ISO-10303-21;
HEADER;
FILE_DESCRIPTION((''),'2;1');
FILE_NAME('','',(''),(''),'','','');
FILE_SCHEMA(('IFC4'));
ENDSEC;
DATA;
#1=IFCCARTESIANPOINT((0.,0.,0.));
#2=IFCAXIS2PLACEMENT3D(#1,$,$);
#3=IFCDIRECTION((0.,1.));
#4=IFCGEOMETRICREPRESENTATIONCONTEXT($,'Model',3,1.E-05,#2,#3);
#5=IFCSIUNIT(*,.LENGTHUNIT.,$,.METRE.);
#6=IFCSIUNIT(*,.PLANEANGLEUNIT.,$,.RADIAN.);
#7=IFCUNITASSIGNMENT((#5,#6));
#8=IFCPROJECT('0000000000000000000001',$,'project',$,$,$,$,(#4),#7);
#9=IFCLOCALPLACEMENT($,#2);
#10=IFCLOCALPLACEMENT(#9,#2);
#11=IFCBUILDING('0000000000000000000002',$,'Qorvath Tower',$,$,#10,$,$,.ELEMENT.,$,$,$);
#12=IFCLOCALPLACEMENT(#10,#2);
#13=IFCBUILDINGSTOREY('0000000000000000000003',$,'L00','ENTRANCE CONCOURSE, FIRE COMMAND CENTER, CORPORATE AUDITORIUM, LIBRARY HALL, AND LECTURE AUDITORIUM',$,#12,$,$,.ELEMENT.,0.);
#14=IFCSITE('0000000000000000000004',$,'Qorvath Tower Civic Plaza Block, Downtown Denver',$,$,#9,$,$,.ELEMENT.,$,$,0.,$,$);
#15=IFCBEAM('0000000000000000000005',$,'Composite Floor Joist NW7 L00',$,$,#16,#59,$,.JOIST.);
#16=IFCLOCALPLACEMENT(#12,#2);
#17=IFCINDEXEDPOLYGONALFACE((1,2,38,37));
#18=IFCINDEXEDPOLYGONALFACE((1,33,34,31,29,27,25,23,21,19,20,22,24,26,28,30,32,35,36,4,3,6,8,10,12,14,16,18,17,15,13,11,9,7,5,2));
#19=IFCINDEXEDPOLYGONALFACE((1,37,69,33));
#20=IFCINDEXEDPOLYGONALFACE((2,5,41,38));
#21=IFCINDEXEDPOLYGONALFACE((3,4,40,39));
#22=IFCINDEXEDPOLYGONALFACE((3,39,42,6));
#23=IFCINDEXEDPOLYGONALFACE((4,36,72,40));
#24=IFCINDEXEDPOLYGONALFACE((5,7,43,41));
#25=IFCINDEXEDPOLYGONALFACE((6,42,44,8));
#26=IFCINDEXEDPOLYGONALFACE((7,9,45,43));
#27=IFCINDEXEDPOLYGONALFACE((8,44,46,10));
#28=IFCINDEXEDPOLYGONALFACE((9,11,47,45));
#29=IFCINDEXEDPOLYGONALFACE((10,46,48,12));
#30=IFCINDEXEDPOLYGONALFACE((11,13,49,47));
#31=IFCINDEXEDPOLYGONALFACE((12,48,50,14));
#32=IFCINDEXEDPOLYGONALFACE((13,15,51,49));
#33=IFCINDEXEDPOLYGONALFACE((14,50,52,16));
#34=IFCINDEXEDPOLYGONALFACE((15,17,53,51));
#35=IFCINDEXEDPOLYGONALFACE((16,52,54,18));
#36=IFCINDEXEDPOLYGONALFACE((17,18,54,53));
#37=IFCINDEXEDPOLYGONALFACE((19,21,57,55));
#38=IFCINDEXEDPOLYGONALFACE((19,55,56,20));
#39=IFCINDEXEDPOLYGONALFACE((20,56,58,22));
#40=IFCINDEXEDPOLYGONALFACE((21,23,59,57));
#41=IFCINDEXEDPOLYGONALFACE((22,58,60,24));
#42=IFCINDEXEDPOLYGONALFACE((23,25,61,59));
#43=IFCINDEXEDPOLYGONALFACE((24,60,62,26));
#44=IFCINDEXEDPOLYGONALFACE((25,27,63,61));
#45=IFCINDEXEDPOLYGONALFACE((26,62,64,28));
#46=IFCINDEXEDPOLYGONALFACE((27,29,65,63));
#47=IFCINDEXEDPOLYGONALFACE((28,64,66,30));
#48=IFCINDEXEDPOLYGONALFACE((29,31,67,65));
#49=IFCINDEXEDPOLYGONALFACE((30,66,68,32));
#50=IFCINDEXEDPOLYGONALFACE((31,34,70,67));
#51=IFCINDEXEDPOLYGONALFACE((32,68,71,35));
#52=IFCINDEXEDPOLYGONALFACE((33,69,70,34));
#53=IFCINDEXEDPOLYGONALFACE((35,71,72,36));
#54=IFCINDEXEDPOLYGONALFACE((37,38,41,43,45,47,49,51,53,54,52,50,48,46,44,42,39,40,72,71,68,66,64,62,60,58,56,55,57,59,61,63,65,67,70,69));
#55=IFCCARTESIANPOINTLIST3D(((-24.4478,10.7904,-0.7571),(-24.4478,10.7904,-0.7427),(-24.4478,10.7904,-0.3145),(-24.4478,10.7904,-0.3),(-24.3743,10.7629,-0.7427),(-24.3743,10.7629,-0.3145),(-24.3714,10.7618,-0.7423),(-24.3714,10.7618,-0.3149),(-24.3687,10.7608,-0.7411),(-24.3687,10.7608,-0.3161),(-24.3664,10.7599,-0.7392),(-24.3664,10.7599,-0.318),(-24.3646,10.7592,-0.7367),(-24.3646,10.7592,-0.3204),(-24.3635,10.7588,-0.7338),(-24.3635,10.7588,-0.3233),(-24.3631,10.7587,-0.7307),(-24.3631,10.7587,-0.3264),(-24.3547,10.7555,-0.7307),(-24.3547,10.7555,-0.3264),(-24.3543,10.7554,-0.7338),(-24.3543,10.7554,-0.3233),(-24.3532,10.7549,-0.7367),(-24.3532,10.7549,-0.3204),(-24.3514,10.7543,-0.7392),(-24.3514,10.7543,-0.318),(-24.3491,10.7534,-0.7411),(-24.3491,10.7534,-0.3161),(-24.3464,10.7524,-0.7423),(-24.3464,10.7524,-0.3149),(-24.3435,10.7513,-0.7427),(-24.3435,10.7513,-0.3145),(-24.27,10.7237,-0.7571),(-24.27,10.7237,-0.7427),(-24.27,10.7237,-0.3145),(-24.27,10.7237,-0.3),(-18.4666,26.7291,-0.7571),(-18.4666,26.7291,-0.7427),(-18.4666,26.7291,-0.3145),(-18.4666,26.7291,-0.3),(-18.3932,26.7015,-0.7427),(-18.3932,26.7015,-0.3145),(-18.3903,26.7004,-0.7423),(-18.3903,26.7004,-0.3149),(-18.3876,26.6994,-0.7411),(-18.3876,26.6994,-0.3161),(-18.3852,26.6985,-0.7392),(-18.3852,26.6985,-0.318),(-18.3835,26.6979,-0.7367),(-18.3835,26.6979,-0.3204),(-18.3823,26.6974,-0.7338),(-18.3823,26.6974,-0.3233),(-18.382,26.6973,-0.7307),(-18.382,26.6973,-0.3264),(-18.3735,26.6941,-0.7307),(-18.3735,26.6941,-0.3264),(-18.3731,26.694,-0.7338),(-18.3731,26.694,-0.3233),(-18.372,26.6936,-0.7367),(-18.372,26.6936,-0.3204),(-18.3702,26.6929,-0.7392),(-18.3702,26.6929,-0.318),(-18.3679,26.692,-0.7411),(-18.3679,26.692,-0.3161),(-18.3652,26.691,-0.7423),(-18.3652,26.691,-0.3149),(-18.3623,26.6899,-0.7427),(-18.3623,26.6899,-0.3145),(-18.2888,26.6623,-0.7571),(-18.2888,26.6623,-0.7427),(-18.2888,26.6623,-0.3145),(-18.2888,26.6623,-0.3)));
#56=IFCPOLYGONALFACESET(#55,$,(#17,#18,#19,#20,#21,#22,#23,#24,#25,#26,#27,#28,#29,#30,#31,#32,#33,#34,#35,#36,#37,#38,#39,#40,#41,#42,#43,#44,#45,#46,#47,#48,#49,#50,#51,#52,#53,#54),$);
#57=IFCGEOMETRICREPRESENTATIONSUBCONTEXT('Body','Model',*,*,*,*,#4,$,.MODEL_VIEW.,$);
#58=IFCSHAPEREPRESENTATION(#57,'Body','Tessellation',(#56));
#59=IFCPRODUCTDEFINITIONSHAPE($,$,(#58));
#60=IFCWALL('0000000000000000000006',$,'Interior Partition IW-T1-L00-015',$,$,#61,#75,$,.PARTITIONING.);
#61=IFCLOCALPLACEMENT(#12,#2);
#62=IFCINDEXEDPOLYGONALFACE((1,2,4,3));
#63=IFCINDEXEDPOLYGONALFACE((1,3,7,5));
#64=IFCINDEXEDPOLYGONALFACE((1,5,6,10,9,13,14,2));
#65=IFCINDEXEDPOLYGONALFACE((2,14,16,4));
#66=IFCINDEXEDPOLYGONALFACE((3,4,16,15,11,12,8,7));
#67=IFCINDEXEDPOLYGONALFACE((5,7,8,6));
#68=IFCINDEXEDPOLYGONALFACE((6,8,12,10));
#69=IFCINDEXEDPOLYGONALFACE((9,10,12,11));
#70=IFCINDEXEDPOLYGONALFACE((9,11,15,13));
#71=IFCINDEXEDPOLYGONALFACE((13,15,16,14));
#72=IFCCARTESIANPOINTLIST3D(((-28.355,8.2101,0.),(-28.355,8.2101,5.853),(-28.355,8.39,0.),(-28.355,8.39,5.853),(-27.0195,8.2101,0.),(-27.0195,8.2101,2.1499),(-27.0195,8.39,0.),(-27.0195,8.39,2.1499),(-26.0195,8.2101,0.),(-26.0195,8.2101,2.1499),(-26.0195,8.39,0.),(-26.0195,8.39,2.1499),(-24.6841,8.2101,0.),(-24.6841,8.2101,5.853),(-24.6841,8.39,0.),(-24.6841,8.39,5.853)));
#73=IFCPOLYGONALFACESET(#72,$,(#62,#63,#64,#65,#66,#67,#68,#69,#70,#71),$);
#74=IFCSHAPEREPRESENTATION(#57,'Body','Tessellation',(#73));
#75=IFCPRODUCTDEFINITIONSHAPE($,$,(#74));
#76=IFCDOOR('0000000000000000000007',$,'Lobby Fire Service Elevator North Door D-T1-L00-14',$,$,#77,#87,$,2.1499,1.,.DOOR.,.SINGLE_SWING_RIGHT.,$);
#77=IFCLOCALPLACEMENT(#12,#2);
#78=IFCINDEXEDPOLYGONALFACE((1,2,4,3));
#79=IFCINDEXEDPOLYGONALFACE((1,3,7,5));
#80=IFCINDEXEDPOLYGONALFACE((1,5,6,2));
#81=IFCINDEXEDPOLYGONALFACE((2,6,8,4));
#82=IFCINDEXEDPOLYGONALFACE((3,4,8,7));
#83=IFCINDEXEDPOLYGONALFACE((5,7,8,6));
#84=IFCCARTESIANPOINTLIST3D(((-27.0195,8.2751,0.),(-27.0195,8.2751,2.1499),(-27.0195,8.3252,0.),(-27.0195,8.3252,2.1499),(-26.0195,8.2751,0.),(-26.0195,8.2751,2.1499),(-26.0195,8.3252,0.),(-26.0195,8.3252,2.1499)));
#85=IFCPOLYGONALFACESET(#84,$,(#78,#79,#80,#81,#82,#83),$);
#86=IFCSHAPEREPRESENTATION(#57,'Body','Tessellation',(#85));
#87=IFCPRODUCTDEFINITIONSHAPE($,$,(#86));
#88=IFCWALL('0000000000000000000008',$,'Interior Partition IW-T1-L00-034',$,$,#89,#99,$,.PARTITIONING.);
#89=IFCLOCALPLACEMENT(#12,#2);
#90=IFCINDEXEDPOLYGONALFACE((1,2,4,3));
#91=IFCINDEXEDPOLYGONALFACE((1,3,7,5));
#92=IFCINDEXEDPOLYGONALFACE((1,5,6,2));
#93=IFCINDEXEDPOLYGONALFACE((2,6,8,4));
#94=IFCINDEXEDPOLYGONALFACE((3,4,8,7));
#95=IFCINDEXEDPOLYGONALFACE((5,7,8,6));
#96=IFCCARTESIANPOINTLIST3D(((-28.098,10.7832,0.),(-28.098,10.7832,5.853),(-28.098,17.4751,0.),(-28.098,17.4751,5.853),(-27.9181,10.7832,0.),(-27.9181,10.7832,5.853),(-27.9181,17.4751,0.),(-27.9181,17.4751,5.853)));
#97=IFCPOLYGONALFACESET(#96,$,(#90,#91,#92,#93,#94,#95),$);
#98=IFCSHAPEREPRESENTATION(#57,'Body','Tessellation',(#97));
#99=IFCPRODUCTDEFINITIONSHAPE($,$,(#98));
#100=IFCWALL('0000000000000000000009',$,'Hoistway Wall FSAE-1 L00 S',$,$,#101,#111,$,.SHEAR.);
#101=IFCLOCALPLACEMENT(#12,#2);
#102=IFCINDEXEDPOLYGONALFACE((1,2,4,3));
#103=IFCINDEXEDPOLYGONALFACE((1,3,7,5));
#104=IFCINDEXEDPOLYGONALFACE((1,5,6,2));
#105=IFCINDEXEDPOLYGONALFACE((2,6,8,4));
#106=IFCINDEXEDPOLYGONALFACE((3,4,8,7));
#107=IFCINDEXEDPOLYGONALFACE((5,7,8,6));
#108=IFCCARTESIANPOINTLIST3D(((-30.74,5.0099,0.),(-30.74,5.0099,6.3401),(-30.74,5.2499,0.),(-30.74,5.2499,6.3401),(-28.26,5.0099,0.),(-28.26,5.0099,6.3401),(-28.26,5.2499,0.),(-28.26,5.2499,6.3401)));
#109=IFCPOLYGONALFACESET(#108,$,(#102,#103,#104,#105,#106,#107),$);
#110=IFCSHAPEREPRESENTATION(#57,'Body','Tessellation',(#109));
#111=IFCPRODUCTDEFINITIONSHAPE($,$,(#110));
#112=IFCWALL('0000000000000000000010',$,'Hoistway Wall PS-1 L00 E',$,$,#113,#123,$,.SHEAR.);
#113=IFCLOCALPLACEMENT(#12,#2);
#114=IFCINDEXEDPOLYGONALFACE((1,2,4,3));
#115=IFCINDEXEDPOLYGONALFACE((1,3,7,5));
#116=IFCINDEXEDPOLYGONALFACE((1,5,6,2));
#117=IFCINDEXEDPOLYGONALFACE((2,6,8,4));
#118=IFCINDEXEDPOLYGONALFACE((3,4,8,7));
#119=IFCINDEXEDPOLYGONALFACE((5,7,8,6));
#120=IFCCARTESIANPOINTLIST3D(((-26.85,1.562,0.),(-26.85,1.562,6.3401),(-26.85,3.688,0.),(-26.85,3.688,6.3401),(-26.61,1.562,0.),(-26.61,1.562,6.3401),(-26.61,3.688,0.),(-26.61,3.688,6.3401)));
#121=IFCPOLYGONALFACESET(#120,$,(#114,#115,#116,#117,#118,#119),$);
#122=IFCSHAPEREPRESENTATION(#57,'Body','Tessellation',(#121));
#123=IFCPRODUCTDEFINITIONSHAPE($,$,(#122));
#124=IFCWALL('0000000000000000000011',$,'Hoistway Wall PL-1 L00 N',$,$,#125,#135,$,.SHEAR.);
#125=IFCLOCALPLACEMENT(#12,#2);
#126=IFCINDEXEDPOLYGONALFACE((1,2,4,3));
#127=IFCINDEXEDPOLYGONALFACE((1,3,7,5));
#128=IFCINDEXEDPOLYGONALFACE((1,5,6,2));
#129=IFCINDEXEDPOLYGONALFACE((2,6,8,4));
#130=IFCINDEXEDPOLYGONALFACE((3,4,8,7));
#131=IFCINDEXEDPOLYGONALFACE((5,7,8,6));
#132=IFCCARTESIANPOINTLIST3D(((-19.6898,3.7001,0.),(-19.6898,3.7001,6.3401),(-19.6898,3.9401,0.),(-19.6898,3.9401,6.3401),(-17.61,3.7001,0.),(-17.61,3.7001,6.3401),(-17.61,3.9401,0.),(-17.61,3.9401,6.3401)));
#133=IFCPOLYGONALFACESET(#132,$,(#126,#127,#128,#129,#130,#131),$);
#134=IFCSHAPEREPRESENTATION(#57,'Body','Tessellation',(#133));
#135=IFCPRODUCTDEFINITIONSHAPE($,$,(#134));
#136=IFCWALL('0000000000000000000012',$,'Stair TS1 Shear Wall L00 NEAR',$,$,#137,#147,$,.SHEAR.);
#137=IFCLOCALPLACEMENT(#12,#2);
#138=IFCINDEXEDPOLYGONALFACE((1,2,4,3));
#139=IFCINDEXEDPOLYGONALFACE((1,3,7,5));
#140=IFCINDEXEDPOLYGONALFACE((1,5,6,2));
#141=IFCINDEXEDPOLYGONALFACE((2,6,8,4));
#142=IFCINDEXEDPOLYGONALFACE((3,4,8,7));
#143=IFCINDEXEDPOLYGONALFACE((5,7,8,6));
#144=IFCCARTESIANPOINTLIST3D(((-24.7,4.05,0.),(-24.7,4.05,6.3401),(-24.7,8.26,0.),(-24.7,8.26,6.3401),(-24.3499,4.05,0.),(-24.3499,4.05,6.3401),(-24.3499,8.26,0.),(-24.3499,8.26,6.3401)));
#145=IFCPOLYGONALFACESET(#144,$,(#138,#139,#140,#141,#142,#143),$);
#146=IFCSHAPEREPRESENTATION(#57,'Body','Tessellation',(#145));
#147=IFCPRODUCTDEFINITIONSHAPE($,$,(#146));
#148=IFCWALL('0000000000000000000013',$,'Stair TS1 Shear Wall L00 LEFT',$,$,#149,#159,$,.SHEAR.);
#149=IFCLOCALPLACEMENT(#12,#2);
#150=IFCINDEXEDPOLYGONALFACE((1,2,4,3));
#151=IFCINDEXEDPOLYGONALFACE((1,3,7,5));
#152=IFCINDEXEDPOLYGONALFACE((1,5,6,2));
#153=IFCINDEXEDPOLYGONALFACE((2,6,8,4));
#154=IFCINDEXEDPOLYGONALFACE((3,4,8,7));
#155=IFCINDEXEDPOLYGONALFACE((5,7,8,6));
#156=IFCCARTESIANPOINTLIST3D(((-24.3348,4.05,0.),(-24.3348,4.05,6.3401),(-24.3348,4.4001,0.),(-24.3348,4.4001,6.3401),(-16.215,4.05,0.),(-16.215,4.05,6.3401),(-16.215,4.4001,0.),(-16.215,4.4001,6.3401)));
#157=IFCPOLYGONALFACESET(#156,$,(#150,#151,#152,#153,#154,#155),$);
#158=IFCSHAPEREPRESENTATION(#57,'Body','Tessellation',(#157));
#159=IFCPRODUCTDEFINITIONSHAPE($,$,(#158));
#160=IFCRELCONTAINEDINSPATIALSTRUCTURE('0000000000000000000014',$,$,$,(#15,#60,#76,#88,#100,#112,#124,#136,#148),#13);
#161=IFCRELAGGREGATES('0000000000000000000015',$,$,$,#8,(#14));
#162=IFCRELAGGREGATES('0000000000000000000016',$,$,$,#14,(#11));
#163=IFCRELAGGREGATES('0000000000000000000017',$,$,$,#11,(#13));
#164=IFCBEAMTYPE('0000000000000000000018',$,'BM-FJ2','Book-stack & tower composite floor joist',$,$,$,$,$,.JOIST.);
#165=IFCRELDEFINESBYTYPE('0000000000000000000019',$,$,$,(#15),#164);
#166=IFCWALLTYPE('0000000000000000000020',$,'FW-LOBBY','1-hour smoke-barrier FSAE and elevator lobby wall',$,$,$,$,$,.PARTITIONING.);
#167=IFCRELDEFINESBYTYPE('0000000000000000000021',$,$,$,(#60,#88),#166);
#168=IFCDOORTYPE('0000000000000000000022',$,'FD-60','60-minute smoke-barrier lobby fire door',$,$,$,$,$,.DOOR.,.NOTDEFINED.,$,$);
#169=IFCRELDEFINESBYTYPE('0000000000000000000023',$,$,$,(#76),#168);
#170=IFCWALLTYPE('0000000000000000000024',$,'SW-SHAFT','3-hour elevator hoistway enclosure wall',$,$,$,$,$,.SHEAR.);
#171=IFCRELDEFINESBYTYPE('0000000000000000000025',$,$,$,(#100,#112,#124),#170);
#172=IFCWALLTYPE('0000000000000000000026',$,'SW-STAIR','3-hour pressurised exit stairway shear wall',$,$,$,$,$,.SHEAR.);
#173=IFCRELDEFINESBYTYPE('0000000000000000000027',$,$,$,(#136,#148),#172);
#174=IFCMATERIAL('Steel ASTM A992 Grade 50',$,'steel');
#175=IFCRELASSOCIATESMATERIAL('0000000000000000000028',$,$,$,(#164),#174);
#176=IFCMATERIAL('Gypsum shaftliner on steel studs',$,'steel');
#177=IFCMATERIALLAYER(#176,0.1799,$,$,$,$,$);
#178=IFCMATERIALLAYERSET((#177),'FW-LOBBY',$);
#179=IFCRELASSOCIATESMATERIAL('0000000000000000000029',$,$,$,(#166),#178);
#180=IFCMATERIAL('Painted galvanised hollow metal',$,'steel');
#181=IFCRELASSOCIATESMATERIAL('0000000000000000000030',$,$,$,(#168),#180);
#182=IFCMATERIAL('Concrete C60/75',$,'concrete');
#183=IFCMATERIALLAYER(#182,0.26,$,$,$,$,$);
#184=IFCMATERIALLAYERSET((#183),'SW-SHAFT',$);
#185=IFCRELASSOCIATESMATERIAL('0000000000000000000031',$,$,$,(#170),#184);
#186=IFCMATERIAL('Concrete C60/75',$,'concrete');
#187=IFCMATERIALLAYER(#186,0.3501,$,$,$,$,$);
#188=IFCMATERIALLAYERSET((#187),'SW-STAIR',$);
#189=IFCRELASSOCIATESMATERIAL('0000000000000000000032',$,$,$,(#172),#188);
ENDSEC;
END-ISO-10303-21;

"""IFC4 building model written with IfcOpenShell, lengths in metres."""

from ifc_helpers import new_model, si_unit, direction, frame, frame_2d, origin, origin_2d, place, context, subcontext, project, spatial, rectangle, i_section, extrude, material, layer, layer_set, material_profile, profile_set, type_object, element, fill, save


model = new_model("IFC4")

# Units and contexts
model_context = context("Model", 3, precision=1e-05, world=origin(), true_north=direction((0.0, 1.0)))
body_context = subcontext(model_context, "Body", "Model", "MODEL_VIEW")
ifc_project = project(units=[si_unit("LENGTHUNIT", "METRE"), si_unit("PLANEANGLEUNIT", "RADIAN")], contexts=[model_context])

# Site, building, storey
site_placement = place(None, origin())
site = spatial("IfcSite", under=ifc_project, at=site_placement, Name="Qorvath Tower Civic Plaza Block, Downtown Denver", CompositionType="ELEMENT", RefElevation=0.0)
building_placement = place(site_placement, origin())
building = spatial("IfcBuilding", under=site, at=building_placement, Name="Qorvath Tower", CompositionType="ELEMENT")
storey_placement = place(building_placement, origin())
storey = spatial("IfcBuildingStorey", under=building, at=storey_placement, Name="L00", Description="ENTRANCE CONCOURSE, FIRE COMMAND CENTER, CORPORATE AUDITORIUM, LIBRARY HALL, AND LECTURE AUDITORIUM", CompositionType="ELEMENT", Elevation=0.0)

# Beam
ifc_material_1 = material(Name="Steel ASTM A992 Grade 50", Category="steel")
ifc_material_profile = material_profile(ifc_material_1, i_section(OverallWidth=0.1899, OverallDepth=0.457, WebThickness=0.009, FlangeThickness=0.0144, FilletRadius=0.012, at=origin_2d()), Name="W18x50")
ifc_profile_set = profile_set([ifc_material_profile], Name="Steel ASTM A992 Grade 50")
beam_type = type_object("IfcBeamType", Name="BM-FJ2", Description="Book-stack & tower composite floor joist", PredefinedType="JOIST", material=ifc_profile_set)
beam_1_placement = place(storey_placement, frame((-24.3589, 10.7571, -0.5286), z_axis=(0.351339, 0.936248, 0.0), x_axis=(-0.936248, 0.351339, 0.0)))
element("IfcBeam", 1, at=beam_1_placement, inside=storey, type_object=beam_type, Name="Composite Floor Joist NW7 L00", PredefinedType="JOIST", context=body_context, shape_type="SweptSolid", body=[
    extrude(i_section(OverallWidth=0.1899, OverallDepth=0.457, WebThickness=0.009, FlangeThickness=0.0144, FilletRadius=0.012, at=origin_2d()), origin(), (0.0, 0.0, 1.0), 17.0239),
])

# Wall, opening, door
ifc_material_2 = material(Name="Gypsum shaftliner on steel studs", Category="steel")
ifc_layer_1 = layer(ifc_material_2, 0.1799)
ifc_layer_set_1 = layer_set([ifc_layer_1], Name="FW-LOBBY")
wall_type_1 = type_object("IfcWallType", Name="FW-LOBBY", Description="1-hour smoke-barrier FSAE and elevator lobby wall", PredefinedType="PARTITIONING", material=ifc_layer_set_1)
wall_1_placement = place(storey_placement, frame((-24.6841, 8.3, 0.0), z_axis=(0.0, 0.0, 1.0), x_axis=(-1.0, 0.0, 0.0)))
wall_1 = element("IfcWall", 2, at=wall_1_placement, inside=storey, type_object=wall_type_1, Name="Interior Partition IW-T1-L00-015", PredefinedType="PARTITIONING", context=body_context, shape_type="SweptSolid", body=[
    extrude(rectangle(XDim=3.6709, YDim=0.1799, at=frame_2d((1.8354, 0.0))), origin(), (0.0, 0.0, 1.0), 5.853),
])
opening_1_placement = place(wall_1_placement, frame((1.3354, 0.0, 0.0)))
opening_1 = element("IfcOpeningElement", 3, at=opening_1_placement, cuts=wall_1, PredefinedType="OPENING", context=body_context, shape_type="SweptSolid", body=[
    extrude(rectangle(XDim=1.0, YDim=2.1499, at=frame_2d((0.5, 1.075))), frame((0.0, 0.1001, 0.0), z_axis=(0.0, -1.0, 0.0), x_axis=(1.0, 0.0, 0.0)), (0.0, 0.0, 1.0), 0.2),
])
ifc_material_3 = material(Name="Painted galvanised hollow metal", Category="steel")
door_type_1 = type_object("IfcDoorType", Name="FD-60", Description="60-minute smoke-barrier lobby fire door", OperationType="NOTDEFINED", PredefinedType="DOOR", material=ifc_material_3)
door_1_placement = place(opening_1_placement, origin())
door_1 = element("IfcDoor", 4, at=door_1_placement, inside=storey, type_object=door_type_1, Name="Lobby Fire Service Elevator North Door D-T1-L00-14", OperationType="SINGLE_SWING_RIGHT", OverallHeight=2.1499, OverallWidth=1.0, PredefinedType="DOOR", context=body_context, shape_type="SweptSolid", body=[
    extrude(rectangle(XDim=1.0, YDim=2.1499, at=frame_2d((0.5, 1.075))), frame((0.0, 0.0249, 0.0), z_axis=(0.0, -1.0, 0.0), x_axis=(1.0, 0.0, 0.0)), (0.0, 0.0, 1.0), 0.05),
])
fill(opening_1, door_1)

# Walls
wall_2_placement = place(storey_placement, frame((-28.0081, 10.7832, 0.0), z_axis=(0.0, 0.0, 1.0), x_axis=(0.0, 1.0, 0.0)))
element("IfcWall", 5, at=wall_2_placement, inside=storey, type_object=wall_type_1, Name="Interior Partition IW-T1-L00-034", PredefinedType="PARTITIONING", context=body_context, shape_type="SweptSolid", body=[
    extrude(rectangle(XDim=6.6919, YDim=0.1799, at=frame_2d((3.3459, 0.0))), origin(), (0.0, 0.0, 1.0), 5.853),
])
ifc_material_4 = material(Name="Concrete C60/75", Category="concrete")
ifc_layer_2 = layer(ifc_material_4, 0.26)
ifc_layer_set_2 = layer_set([ifc_layer_2], Name="SW-SHAFT")
wall_type_2 = type_object("IfcWallType", Name="SW-SHAFT", Description="3-hour elevator hoistway enclosure wall", PredefinedType="SHEAR", material=ifc_layer_set_2)
wall_3_placement = place(storey_placement, frame((-28.26, 5.1299, 0.0), z_axis=(0.0, 0.0, 1.0), x_axis=(-1.0, 0.0, 0.0)))
element("IfcWall", 6, at=wall_3_placement, inside=storey, type_object=wall_type_2, Name="Hoistway Wall FSAE-1 L00 S", PredefinedType="SHEAR", context=body_context, shape_type="SweptSolid", body=[
    extrude(rectangle(XDim=2.48, YDim=0.24, at=frame_2d((1.24, 0.0))), origin(), (0.0, 0.0, 1.0), 6.3401),
])
wall_4_placement = place(storey_placement, frame((-26.73, 3.688, 0.0), z_axis=(0.0, 0.0, 1.0), x_axis=(0.0, -1.0, 0.0)))
element("IfcWall", 7, at=wall_4_placement, inside=storey, type_object=wall_type_2, Name="Hoistway Wall PS-1 L00 E", PredefinedType="SHEAR", context=body_context, shape_type="SweptSolid", body=[
    extrude(rectangle(XDim=2.126, YDim=0.24, at=frame_2d((1.063, 0.0))), origin(), (0.0, 0.0, 1.0), 6.3401),
])
wall_5_placement = place(storey_placement, frame((-19.6899, 3.8201, 0.0), z_axis=(0.0, 0.0, 1.0), x_axis=(1.0, 0.0, 0.0)))
element("IfcWall", 8, at=wall_5_placement, inside=storey, type_object=wall_type_2, Name="Hoistway Wall PL-1 L00 N", PredefinedType="SHEAR", context=body_context, shape_type="SweptSolid", body=[
    extrude(rectangle(XDim=2.0798, YDim=0.24, at=frame_2d((1.04, 0.0))), origin(), (0.0, 0.0, 1.0), 6.3401),
])
ifc_material_5 = material(Name="Concrete C60/75", Category="concrete")
ifc_layer_3 = layer(ifc_material_5, 0.3501)
ifc_layer_set_3 = layer_set([ifc_layer_3], Name="SW-STAIR")
wall_type_3 = type_object("IfcWallType", Name="SW-STAIR", Description="3-hour pressurised exit stairway shear wall", PredefinedType="SHEAR", material=ifc_layer_set_3)
wall_6_placement = place(storey_placement, frame((-24.5249, 8.26, 0.0), z_axis=(0.0, 0.0, 1.0), x_axis=(0.0, -1.0, 0.0)))
element("IfcWall", 9, at=wall_6_placement, inside=storey, type_object=wall_type_3, Name="Stair TS1 Shear Wall L00 NEAR", PredefinedType="SHEAR", context=body_context, shape_type="SweptSolid", body=[
    extrude(rectangle(XDim=4.21, YDim=0.3501, at=frame_2d((2.105, 0.0))), origin(), (0.0, 0.0, 1.0), 6.3401),
])
wall_7_placement = place(storey_placement, frame((-24.335, 4.2251, 0.0), z_axis=(0.0, 0.0, 1.0), x_axis=(1.0, 0.0, 0.0)))
element("IfcWall", 10, at=wall_7_placement, inside=storey, type_object=wall_type_3, Name="Stair TS1 Shear Wall L00 LEFT", PredefinedType="SHEAR", context=body_context, shape_type="SweptSolid", body=[
    extrude(rectangle(XDim=8.1199, YDim=0.3501, at=frame_2d((4.0601, 0.0))), origin(), (0.0, 0.0, 1.0), 6.3401),
])

save(model, "model.ifc")
